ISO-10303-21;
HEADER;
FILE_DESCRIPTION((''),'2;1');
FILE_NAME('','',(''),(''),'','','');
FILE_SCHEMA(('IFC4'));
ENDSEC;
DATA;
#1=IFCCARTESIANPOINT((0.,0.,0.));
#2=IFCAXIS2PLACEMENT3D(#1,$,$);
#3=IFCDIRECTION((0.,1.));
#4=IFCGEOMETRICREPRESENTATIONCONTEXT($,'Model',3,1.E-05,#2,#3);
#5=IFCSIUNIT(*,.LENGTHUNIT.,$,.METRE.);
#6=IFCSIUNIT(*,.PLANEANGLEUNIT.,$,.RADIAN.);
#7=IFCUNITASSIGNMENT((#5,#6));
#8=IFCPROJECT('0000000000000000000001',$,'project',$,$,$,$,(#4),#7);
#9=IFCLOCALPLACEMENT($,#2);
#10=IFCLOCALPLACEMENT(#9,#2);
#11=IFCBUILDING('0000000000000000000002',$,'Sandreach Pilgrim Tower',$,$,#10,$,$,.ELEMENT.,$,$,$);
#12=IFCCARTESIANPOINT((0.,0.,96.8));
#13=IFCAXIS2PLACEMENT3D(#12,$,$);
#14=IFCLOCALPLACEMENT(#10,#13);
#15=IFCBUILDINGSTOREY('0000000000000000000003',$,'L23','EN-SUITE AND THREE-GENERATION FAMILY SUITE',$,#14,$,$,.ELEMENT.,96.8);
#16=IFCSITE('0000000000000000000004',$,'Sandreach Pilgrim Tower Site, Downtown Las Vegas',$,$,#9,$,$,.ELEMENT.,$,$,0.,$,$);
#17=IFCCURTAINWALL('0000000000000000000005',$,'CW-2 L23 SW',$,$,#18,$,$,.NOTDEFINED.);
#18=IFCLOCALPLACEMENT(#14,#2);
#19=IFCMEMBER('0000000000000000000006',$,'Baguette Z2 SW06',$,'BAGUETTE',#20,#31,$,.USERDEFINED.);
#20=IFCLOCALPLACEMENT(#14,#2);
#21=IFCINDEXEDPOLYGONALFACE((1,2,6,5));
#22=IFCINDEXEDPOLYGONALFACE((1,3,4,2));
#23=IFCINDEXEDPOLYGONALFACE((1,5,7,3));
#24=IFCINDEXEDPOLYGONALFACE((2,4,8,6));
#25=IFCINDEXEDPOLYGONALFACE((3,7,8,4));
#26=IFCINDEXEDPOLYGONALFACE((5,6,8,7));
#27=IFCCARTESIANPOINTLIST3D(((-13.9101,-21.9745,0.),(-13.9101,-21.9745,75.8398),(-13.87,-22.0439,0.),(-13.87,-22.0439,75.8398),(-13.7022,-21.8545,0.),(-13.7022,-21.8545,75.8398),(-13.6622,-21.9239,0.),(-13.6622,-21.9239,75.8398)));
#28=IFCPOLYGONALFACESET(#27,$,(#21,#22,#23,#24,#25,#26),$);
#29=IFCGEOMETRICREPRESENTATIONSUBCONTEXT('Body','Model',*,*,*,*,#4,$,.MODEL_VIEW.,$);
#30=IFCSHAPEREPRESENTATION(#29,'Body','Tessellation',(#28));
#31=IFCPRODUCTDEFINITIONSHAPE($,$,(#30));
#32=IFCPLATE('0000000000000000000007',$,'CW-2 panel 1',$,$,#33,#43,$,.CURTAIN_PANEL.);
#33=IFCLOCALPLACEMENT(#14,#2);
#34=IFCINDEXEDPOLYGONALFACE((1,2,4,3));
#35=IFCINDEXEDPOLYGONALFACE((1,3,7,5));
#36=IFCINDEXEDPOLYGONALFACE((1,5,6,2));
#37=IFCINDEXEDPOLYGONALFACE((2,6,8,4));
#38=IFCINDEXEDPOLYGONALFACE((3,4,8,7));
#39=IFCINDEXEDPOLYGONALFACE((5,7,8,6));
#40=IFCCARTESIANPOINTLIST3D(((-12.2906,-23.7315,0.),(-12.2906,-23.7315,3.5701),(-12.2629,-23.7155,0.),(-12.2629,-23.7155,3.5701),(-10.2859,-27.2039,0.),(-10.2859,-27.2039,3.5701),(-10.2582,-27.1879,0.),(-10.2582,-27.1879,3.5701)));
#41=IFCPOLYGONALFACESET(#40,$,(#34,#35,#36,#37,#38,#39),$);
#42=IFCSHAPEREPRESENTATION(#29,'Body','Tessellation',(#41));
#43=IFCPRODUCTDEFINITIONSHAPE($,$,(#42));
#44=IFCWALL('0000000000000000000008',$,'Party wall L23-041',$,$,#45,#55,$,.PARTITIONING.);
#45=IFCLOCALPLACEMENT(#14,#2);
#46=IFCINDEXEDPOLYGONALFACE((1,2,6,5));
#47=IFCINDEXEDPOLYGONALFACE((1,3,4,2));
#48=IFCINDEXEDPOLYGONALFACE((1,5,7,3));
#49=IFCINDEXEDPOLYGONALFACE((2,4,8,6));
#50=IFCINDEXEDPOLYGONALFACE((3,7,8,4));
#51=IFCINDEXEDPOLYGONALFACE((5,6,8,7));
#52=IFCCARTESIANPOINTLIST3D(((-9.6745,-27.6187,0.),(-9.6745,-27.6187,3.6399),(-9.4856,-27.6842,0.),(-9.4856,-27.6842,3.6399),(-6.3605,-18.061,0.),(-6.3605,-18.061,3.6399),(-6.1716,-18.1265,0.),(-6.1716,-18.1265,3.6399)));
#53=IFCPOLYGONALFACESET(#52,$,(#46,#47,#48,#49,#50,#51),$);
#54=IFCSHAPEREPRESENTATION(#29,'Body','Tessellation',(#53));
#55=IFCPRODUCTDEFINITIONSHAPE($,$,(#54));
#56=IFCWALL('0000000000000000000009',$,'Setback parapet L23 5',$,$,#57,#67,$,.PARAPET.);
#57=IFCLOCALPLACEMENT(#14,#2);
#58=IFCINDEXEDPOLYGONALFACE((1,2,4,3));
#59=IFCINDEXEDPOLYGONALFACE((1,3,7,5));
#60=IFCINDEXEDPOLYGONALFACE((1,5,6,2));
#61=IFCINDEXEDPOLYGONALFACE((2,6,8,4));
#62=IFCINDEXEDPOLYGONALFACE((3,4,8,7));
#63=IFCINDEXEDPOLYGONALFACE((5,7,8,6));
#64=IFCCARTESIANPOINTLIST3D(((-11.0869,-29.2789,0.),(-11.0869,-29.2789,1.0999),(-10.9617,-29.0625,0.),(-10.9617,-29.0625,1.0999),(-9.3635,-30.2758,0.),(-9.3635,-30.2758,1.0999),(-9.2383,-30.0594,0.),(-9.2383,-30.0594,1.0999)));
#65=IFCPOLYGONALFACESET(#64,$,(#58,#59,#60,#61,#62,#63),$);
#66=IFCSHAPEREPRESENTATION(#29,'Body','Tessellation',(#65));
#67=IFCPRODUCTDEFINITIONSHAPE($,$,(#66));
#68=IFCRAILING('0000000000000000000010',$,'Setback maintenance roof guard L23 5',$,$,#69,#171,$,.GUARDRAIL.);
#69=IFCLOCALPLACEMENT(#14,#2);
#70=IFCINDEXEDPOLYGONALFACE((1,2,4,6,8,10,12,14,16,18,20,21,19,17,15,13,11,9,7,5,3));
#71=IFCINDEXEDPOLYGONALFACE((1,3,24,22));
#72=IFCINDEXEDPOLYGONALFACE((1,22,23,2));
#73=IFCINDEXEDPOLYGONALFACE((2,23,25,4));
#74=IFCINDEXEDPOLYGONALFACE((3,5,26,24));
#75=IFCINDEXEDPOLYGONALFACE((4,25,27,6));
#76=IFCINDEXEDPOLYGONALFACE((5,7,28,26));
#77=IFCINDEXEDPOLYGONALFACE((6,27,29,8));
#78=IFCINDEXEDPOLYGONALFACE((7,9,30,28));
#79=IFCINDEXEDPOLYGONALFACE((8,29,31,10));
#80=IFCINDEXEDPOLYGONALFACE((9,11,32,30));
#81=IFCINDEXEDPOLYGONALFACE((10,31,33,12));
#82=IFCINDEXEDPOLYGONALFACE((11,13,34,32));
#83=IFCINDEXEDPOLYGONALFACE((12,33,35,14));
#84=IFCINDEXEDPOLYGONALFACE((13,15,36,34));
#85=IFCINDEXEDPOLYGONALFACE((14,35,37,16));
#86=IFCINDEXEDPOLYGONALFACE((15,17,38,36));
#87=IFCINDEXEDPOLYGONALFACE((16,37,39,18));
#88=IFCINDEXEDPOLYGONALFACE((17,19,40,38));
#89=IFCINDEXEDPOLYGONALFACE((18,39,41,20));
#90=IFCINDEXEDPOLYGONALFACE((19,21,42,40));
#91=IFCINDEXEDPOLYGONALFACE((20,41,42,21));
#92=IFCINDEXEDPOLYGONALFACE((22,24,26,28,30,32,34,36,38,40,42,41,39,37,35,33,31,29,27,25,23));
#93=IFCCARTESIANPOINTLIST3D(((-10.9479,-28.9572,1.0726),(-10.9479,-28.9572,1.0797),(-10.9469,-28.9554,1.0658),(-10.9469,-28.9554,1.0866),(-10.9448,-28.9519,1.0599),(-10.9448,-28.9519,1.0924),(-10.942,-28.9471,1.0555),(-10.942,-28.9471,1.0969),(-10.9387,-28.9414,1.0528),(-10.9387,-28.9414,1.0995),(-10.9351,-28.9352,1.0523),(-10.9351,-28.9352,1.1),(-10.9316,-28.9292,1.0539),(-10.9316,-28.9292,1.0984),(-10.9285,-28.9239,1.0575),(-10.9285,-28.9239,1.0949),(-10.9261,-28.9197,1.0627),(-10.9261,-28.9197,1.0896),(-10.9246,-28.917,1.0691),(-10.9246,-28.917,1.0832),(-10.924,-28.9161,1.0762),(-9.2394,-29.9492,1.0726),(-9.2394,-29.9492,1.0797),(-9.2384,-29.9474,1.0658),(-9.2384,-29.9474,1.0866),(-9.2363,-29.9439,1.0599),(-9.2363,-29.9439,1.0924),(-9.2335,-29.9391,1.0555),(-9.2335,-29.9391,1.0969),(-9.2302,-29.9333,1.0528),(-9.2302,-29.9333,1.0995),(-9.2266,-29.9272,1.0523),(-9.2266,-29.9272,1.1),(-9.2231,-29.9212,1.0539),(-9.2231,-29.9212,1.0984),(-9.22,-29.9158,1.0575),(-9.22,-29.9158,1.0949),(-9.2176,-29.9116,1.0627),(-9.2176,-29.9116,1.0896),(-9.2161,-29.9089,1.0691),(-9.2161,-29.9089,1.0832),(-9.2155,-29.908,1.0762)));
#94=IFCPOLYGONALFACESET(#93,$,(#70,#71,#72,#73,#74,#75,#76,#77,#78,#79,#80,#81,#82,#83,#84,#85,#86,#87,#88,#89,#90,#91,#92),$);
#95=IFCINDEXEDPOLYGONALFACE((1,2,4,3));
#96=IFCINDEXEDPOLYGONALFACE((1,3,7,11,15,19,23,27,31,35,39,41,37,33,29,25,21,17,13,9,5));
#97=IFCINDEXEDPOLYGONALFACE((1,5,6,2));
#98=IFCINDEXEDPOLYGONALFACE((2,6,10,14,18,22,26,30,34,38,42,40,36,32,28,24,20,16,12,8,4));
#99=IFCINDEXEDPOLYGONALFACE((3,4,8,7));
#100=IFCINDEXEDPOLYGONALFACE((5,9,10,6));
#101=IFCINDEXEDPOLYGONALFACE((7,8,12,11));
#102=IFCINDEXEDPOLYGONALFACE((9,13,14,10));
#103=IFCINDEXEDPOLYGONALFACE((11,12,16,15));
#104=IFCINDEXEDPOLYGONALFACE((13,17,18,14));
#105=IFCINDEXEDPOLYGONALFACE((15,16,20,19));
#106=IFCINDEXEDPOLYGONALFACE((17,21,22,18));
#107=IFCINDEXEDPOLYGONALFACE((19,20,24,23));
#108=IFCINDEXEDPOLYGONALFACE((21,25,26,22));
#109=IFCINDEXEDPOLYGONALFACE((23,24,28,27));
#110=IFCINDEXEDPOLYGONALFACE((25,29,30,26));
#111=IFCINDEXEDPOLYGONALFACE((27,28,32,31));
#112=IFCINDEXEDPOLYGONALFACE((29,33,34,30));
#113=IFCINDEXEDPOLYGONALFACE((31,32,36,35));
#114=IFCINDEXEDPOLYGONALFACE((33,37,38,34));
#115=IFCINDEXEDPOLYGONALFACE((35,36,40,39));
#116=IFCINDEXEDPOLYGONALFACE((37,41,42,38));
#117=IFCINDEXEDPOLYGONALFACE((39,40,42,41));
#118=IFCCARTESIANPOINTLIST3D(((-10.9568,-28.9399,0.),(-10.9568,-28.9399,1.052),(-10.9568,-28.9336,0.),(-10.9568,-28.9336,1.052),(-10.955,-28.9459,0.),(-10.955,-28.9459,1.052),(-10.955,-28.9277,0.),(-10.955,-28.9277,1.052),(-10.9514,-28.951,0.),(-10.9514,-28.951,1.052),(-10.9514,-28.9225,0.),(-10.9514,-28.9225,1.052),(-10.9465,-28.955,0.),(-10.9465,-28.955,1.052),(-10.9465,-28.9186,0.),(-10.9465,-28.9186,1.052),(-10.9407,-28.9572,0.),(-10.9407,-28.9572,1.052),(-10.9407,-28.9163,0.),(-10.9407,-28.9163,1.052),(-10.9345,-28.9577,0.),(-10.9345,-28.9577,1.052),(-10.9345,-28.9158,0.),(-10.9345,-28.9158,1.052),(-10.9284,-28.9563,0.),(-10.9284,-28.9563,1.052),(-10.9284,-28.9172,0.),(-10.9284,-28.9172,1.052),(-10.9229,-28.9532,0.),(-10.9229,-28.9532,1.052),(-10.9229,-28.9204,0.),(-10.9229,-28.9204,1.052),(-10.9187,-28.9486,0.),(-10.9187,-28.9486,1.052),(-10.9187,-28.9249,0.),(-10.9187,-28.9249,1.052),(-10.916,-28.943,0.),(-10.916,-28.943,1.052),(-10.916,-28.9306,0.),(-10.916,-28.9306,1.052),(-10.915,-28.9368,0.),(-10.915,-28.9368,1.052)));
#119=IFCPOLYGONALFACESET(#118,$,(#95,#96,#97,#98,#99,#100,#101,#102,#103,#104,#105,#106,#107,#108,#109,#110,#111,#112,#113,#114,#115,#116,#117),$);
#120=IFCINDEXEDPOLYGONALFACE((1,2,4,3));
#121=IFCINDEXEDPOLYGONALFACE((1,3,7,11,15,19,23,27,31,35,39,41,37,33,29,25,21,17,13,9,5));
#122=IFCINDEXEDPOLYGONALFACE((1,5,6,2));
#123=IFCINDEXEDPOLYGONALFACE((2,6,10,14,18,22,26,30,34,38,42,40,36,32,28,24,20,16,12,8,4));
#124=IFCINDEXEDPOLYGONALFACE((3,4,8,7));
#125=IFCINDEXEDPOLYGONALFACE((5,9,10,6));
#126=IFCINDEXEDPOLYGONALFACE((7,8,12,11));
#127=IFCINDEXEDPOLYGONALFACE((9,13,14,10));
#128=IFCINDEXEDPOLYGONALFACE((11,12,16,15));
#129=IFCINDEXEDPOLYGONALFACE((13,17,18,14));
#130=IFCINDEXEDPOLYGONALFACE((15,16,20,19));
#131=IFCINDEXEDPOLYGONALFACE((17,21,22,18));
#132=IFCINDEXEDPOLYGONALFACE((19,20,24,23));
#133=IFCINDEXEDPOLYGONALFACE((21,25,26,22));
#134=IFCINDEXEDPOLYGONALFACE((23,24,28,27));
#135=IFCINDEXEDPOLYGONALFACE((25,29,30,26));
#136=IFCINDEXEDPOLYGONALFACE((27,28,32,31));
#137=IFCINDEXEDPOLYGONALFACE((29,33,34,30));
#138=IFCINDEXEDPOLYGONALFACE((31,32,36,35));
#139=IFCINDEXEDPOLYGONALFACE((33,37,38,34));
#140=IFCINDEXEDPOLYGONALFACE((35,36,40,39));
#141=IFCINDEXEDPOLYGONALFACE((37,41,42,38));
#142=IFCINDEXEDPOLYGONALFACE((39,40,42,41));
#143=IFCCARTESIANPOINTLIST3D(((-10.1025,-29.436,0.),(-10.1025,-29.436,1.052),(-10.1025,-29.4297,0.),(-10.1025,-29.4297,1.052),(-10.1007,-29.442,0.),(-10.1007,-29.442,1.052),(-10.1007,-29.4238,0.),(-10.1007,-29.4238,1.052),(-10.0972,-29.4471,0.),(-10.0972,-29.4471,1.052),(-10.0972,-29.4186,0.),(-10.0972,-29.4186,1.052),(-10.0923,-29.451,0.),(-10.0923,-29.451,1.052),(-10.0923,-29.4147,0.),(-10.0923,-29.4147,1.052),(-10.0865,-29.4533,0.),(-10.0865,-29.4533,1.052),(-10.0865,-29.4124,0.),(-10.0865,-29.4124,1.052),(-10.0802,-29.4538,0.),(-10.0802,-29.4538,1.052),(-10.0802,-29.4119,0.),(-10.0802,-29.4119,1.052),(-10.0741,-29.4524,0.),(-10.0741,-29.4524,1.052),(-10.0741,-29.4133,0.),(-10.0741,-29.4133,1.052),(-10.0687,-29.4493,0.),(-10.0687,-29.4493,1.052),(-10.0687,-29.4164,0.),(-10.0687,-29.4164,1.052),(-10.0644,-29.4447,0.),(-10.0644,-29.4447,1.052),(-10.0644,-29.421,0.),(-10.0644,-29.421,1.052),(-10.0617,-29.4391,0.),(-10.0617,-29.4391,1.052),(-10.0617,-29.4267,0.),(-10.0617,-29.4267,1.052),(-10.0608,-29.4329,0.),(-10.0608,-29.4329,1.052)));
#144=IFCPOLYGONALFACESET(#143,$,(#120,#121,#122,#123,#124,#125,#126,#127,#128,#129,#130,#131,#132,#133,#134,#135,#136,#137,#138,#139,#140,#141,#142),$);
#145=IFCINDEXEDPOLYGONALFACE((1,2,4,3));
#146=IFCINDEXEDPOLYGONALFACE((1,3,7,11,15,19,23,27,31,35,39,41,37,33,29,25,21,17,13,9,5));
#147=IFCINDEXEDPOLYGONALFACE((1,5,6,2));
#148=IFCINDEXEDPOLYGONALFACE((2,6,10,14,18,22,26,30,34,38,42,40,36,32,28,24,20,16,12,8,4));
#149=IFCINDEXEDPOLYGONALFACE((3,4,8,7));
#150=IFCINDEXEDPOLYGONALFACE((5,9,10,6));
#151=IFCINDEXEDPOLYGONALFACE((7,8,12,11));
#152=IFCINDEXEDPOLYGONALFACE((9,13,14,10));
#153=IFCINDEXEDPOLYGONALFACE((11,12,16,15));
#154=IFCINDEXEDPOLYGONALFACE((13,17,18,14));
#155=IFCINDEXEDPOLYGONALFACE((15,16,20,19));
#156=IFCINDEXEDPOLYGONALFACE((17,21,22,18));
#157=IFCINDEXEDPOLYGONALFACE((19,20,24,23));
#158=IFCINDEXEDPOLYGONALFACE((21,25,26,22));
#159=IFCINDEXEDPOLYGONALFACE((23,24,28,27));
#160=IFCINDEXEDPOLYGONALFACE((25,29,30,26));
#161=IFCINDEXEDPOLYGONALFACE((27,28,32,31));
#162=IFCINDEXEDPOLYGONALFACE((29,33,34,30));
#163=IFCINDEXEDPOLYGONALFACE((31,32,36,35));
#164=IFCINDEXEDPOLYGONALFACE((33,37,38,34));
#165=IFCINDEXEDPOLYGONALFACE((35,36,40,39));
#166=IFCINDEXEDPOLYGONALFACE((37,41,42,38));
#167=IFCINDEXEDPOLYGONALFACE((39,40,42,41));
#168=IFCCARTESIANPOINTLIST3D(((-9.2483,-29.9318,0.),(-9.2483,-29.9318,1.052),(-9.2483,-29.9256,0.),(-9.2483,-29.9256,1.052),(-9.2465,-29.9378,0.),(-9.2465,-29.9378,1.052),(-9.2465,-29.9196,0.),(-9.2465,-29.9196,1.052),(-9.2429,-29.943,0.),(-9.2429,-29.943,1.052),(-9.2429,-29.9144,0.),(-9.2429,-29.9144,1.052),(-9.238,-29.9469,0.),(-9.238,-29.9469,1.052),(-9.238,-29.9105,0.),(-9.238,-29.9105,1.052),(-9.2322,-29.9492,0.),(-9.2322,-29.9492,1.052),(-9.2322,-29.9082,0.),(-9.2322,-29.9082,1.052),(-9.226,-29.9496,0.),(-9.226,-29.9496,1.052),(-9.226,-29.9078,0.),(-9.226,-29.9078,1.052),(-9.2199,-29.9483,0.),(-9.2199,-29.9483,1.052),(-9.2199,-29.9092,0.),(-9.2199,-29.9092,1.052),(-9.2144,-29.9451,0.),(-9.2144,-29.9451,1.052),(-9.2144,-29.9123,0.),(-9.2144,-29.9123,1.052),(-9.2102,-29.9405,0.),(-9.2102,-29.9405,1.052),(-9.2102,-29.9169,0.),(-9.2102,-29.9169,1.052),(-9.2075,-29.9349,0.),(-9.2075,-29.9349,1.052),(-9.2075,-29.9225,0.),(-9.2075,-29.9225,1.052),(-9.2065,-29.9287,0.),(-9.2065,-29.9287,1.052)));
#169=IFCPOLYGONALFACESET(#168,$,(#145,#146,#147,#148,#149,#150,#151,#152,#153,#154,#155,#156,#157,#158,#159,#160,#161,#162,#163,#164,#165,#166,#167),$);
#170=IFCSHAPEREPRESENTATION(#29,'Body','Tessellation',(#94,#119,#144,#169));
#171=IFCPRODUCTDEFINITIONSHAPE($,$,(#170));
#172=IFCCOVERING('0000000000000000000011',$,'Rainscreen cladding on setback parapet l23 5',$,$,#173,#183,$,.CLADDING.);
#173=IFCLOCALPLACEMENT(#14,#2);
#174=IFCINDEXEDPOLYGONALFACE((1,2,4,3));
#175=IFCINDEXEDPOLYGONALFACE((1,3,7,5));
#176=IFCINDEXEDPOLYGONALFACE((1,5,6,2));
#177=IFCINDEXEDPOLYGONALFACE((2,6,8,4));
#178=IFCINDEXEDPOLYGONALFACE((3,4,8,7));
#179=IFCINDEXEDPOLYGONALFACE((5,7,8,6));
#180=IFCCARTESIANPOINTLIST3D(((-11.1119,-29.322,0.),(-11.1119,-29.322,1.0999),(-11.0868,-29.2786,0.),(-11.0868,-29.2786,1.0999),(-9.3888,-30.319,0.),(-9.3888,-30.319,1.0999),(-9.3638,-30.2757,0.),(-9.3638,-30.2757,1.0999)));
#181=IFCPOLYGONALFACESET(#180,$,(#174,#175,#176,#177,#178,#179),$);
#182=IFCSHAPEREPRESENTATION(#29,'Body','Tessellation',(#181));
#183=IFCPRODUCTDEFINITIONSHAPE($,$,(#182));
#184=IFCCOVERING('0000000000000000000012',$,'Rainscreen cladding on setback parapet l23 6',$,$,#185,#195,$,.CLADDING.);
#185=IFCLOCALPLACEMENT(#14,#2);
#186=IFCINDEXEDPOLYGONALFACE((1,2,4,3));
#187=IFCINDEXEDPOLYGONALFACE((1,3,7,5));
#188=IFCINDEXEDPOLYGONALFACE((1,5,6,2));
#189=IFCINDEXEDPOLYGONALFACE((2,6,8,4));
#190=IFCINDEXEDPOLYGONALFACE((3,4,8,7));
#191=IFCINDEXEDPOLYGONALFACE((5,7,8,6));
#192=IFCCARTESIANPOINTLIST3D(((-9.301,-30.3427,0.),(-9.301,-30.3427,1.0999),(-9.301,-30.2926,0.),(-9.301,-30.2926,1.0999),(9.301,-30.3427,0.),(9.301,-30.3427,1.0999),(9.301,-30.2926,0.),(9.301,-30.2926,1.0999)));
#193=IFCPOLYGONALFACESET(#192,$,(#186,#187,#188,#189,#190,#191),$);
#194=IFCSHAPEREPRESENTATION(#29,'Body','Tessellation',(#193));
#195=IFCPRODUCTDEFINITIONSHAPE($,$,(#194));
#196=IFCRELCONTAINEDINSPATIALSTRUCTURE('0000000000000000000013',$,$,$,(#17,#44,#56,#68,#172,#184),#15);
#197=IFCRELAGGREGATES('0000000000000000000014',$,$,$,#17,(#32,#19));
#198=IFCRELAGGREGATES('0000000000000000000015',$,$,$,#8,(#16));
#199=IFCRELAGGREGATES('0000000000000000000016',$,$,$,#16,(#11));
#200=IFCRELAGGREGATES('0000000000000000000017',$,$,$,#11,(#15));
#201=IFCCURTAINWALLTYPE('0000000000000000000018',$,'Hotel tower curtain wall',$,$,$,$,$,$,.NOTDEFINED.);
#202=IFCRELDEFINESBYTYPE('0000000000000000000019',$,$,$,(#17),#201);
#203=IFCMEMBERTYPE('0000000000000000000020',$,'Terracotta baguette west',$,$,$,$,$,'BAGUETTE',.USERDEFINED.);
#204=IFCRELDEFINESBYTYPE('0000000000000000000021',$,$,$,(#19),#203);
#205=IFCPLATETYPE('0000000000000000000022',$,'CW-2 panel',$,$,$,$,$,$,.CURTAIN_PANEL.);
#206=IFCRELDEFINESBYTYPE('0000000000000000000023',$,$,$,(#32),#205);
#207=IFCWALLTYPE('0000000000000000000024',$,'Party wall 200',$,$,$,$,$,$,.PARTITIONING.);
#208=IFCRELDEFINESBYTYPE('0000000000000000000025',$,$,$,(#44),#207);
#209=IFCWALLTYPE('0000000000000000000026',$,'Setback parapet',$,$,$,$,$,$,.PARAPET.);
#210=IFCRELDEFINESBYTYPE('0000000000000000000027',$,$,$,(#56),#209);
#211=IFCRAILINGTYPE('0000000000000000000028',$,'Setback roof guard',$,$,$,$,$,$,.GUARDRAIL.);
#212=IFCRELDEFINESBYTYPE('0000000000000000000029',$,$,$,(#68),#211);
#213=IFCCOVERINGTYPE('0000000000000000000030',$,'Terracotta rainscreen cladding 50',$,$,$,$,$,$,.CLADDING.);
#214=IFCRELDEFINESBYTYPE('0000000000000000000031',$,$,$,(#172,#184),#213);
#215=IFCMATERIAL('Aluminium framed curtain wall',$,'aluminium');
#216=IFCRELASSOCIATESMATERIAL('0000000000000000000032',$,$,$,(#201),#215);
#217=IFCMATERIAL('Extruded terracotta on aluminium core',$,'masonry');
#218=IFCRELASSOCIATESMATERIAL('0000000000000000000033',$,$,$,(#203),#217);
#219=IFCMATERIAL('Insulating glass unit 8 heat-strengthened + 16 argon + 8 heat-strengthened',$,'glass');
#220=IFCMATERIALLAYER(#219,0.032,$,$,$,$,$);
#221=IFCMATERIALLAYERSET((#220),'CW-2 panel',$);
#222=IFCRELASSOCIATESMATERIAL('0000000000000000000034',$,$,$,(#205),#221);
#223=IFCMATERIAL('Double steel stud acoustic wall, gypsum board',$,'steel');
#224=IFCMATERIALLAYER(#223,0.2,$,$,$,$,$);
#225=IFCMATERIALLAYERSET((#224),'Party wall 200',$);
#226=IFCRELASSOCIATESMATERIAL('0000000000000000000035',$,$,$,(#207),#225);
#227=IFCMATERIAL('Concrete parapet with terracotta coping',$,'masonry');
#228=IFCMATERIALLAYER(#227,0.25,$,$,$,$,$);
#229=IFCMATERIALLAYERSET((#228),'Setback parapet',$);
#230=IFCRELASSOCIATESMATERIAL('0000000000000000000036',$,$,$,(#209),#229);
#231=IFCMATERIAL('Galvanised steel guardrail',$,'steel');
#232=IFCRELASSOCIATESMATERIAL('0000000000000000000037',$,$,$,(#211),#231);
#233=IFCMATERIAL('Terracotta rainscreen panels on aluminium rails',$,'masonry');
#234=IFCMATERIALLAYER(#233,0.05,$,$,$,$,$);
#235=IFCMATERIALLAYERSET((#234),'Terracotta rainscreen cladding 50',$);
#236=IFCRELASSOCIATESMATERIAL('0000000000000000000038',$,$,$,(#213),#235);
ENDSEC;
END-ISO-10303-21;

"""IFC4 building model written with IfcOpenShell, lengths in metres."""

from ifc_helpers import new_model, si_unit, direction, frame, frame_2d, origin, origin_2d, place, context, subcontext, project, spatial, rectangle, circle, extrude, material, layer, layer_set, material_profile, profile_set, type_object, element, aggregate, save


model = new_model("IFC4")

# Units and contexts
model_context = context("Model", 3, precision=1e-05, world=origin(), true_north=direction((0.0, 1.0)))
body_context = subcontext(model_context, "Body", "Model", "MODEL_VIEW")
ifc_project = project(units=[si_unit("LENGTHUNIT", "METRE"), si_unit("PLANEANGLEUNIT", "RADIAN")], contexts=[model_context])

# Site, building, storey
site_placement = place(None, origin())
site = spatial("IfcSite", under=ifc_project, at=site_placement, Name="Sandreach Pilgrim Tower Site, Downtown Las Vegas", CompositionType="ELEMENT", RefElevation=0.0)
building_placement = place(site_placement, origin())
building = spatial("IfcBuilding", under=site, at=building_placement, Name="Sandreach Pilgrim Tower", CompositionType="ELEMENT")
storey_placement = place(building_placement, frame((0.0, 0.0, 96.8)))
storey = spatial("IfcBuildingStorey", under=building, at=storey_placement, Name="L23", Description="EN-SUITE AND THREE-GENERATION FAMILY SUITE", CompositionType="ELEMENT", Elevation=96.8)

# Curtain wall
ifc_material_1 = material(Name="Aluminium framed curtain wall", Category="aluminium")
curtain_wall_type = type_object("IfcCurtainWallType", Name="Hotel tower curtain wall", PredefinedType="NOTDEFINED", material=ifc_material_1)
curtain_wall_placement = place(storey_placement, origin())
curtain_wall = element("IfcCurtainWall", 1, at=curtain_wall_placement, inside=storey, type_object=curtain_wall_type, Name="CW-2 L23 SW", PredefinedType="NOTDEFINED")

# Member
ifc_material_2 = material(Name="Extruded terracotta on aluminium core", Category="masonry")
ifc_material_profile_1 = material_profile(ifc_material_2, rectangle(XDim=0.0801, YDim=0.24, at=origin_2d()), Name="TBW 80X240")
ifc_profile_set_1 = profile_set([ifc_material_profile_1], Name="Extruded terracotta on aluminium core")
member_type_1 = type_object("IfcMemberType", Name="Terracotta baguette west", ElementType="BAGUETTE", PredefinedType="USERDEFINED", material=ifc_profile_set_1)
member_1_placement = place(storey_placement, frame((-13.7861, -21.9492, 0.0), z_axis=(0.0, 0.0, 1.0), x_axis=(-0.5, 0.866025, 0.0)))
member_1 = element("IfcMember", 2, at=member_1_placement, type_object=member_type_1, Name="Baguette Z2 SW06", ObjectType="BAGUETTE", PredefinedType="USERDEFINED", context=body_context, shape_type="SweptSolid", body=[
    extrude(rectangle(XDim=0.0801, YDim=0.24, at=origin_2d()), origin(), (0.0, 0.0, 1.0), 75.8398),
])

# Plate
ifc_material_3 = material(Name="Insulating glass unit 8 heat-strengthened + 16 argon + 8 heat-strengthened", Category="glass")
ifc_layer_1 = layer(ifc_material_3, 0.032)
ifc_layer_set_1 = layer_set([ifc_layer_1], Name="CW-2 panel")
plate_type = type_object("IfcPlateType", Name="CW-2 panel", PredefinedType="CURTAIN_PANEL", material=ifc_layer_set_1)
plate_placement = place(storey_placement, frame((-11.2744, -25.4597, 0.0), z_axis=(0.0, 0.0, 1.0), x_axis=(-0.5, 0.866025, 0.0)))
plate = element("IfcPlate", 3, at=plate_placement, type_object=plate_type, Name="CW-2 panel 1", PredefinedType="CURTAIN_PANEL", context=body_context, shape_type="SweptSolid", body=[
    extrude(rectangle(XDim=4.0095, YDim=0.032, at=origin_2d()), origin(), (0.0, 0.0, 1.0), 3.5701),
])
aggregate(curtain_wall, [plate, member_1])

# Walls
ifc_material_4 = material(Name="Double steel stud acoustic wall, gypsum board", Category="steel")
ifc_layer_2 = layer(ifc_material_4, 0.2)
ifc_layer_set_2 = layer_set([ifc_layer_2], Name="Party wall 200")
wall_type_1 = type_object("IfcWallType", Name="Party wall 200", PredefinedType="PARTITIONING", material=ifc_layer_set_2)
wall_1_placement = place(storey_placement, frame((-9.5801, -27.6516, 0.0), z_axis=(0.0, 0.0, 1.0), x_axis=(0.327601, 0.944816, 0.0)))
element("IfcWall", 4, at=wall_1_placement, inside=storey, type_object=wall_type_1, Name="Party wall L23-041", PredefinedType="PARTITIONING", context=body_context, shape_type="SweptSolid", body=[
    extrude(rectangle(XDim=10.116, YDim=0.2, at=frame_2d((5.0581, 0.0))), origin(), (0.0, 0.0, 1.0), 3.6399),
])
ifc_material_5 = material(Name="Concrete parapet with terracotta coping", Category="masonry")
ifc_layer_3 = layer(ifc_material_5, 0.25)
ifc_layer_set_3 = layer_set([ifc_layer_3], Name="Setback parapet")
wall_type_2 = type_object("IfcWallType", Name="Setback parapet", PredefinedType="PARAPET", material=ifc_layer_set_3)
wall_2_placement = place(storey_placement, frame((-11.0244, -29.1707, 0.0), z_axis=(0.0, 0.0, 1.0), x_axis=(0.865628, -0.500688, 0.0)))
element("IfcWall", 5, at=wall_2_placement, inside=storey, type_object=wall_type_2, Name="Setback parapet L23 5", PredefinedType="PARAPET", context=body_context, shape_type="SweptSolid", body=[
    extrude(rectangle(XDim=1.991, YDim=0.25, at=frame_2d((0.9956, 0.0))), origin(), (0.0, 0.0, 1.0), 1.0999),
])

# Railing
ifc_material_6 = material(Name="Galvanised steel guardrail", Category="steel")
railing_type = type_object("IfcRailingType", Name="Setback roof guard", PredefinedType="GUARDRAIL", material=ifc_material_6)
railing_placement = place(storey_placement, frame((-10.936, -28.9368, 0.0)))
element("IfcRailing", 6, at=railing_placement, inside=storey, type_object=railing_type, Name="Setback maintenance roof guard L23 5", PredefinedType="GUARDRAIL", context=body_context, shape_type="SweptSolid", body=[
    extrude(circle(Radius=0.0239, at=origin_2d()), frame((0.0, 0.0, 1.0762), z_axis=(0.864808, -0.502103, 0.0), x_axis=(0.502103, 0.864808, 0.0)), (0.0, 0.0, 1.0), 1.9756),
    extrude(circle(Radius=0.021, at=origin_2d()), origin(), (0.0, 0.0, 1.0), 1.052),
    extrude(circle(Radius=0.021, at=origin_2d()), frame((0.8542, -0.4961, 0.0)), (0.0, 0.0, 1.0), 1.052),
    extrude(circle(Radius=0.021, at=origin_2d()), frame((1.7085, -0.9919, 0.0)), (0.0, 0.0, 1.0), 1.052),
])

# Coverings
ifc_material_7 = material(Name="Terracotta rainscreen panels on aluminium rails", Category="masonry")
ifc_layer_4 = layer(ifc_material_7, 0.05)
ifc_layer_set_4 = layer_set([ifc_layer_4], Name="Terracotta rainscreen cladding 50")
covering_type = type_object("IfcCoveringType", Name="Terracotta rainscreen cladding 50", PredefinedType="CLADDING", material=ifc_layer_set_4)
covering_1_placement = place(storey_placement, frame((-11.0994, -29.3003, 0.0), z_axis=(0.0, 0.0, 1.0), x_axis=(0.865544, -0.500833, 0.0)))
element("IfcCovering", 7, at=covering_1_placement, inside=storey, type_object=covering_type, Name="Rainscreen cladding on setback parapet l23 5", PredefinedType="CLADDING", context=body_context, shape_type="SweptSolid", body=[
    extrude(rectangle(XDim=1.9907, YDim=0.05, at=frame_2d((0.9954, 0.0))), origin(), (0.0, 0.0, 1.0), 1.0999),
])
covering_2_placement = place(storey_placement, frame((-9.301, -30.3176, 0.0), z_axis=(0.0, 0.0, 1.0), x_axis=(1.0, 0.0, 0.0)))
element("IfcCovering", 8, at=covering_2_placement, inside=storey, type_object=covering_type, Name="Rainscreen cladding on setback parapet l23 6", PredefinedType="CLADDING", context=body_context, shape_type="SweptSolid", body=[
    extrude(rectangle(XDim=18.6021, YDim=0.05, at=frame_2d((9.301, 0.0))), origin(), (0.0, 0.0, 1.0), 1.0999),
])

save(model, "model.ifc")
